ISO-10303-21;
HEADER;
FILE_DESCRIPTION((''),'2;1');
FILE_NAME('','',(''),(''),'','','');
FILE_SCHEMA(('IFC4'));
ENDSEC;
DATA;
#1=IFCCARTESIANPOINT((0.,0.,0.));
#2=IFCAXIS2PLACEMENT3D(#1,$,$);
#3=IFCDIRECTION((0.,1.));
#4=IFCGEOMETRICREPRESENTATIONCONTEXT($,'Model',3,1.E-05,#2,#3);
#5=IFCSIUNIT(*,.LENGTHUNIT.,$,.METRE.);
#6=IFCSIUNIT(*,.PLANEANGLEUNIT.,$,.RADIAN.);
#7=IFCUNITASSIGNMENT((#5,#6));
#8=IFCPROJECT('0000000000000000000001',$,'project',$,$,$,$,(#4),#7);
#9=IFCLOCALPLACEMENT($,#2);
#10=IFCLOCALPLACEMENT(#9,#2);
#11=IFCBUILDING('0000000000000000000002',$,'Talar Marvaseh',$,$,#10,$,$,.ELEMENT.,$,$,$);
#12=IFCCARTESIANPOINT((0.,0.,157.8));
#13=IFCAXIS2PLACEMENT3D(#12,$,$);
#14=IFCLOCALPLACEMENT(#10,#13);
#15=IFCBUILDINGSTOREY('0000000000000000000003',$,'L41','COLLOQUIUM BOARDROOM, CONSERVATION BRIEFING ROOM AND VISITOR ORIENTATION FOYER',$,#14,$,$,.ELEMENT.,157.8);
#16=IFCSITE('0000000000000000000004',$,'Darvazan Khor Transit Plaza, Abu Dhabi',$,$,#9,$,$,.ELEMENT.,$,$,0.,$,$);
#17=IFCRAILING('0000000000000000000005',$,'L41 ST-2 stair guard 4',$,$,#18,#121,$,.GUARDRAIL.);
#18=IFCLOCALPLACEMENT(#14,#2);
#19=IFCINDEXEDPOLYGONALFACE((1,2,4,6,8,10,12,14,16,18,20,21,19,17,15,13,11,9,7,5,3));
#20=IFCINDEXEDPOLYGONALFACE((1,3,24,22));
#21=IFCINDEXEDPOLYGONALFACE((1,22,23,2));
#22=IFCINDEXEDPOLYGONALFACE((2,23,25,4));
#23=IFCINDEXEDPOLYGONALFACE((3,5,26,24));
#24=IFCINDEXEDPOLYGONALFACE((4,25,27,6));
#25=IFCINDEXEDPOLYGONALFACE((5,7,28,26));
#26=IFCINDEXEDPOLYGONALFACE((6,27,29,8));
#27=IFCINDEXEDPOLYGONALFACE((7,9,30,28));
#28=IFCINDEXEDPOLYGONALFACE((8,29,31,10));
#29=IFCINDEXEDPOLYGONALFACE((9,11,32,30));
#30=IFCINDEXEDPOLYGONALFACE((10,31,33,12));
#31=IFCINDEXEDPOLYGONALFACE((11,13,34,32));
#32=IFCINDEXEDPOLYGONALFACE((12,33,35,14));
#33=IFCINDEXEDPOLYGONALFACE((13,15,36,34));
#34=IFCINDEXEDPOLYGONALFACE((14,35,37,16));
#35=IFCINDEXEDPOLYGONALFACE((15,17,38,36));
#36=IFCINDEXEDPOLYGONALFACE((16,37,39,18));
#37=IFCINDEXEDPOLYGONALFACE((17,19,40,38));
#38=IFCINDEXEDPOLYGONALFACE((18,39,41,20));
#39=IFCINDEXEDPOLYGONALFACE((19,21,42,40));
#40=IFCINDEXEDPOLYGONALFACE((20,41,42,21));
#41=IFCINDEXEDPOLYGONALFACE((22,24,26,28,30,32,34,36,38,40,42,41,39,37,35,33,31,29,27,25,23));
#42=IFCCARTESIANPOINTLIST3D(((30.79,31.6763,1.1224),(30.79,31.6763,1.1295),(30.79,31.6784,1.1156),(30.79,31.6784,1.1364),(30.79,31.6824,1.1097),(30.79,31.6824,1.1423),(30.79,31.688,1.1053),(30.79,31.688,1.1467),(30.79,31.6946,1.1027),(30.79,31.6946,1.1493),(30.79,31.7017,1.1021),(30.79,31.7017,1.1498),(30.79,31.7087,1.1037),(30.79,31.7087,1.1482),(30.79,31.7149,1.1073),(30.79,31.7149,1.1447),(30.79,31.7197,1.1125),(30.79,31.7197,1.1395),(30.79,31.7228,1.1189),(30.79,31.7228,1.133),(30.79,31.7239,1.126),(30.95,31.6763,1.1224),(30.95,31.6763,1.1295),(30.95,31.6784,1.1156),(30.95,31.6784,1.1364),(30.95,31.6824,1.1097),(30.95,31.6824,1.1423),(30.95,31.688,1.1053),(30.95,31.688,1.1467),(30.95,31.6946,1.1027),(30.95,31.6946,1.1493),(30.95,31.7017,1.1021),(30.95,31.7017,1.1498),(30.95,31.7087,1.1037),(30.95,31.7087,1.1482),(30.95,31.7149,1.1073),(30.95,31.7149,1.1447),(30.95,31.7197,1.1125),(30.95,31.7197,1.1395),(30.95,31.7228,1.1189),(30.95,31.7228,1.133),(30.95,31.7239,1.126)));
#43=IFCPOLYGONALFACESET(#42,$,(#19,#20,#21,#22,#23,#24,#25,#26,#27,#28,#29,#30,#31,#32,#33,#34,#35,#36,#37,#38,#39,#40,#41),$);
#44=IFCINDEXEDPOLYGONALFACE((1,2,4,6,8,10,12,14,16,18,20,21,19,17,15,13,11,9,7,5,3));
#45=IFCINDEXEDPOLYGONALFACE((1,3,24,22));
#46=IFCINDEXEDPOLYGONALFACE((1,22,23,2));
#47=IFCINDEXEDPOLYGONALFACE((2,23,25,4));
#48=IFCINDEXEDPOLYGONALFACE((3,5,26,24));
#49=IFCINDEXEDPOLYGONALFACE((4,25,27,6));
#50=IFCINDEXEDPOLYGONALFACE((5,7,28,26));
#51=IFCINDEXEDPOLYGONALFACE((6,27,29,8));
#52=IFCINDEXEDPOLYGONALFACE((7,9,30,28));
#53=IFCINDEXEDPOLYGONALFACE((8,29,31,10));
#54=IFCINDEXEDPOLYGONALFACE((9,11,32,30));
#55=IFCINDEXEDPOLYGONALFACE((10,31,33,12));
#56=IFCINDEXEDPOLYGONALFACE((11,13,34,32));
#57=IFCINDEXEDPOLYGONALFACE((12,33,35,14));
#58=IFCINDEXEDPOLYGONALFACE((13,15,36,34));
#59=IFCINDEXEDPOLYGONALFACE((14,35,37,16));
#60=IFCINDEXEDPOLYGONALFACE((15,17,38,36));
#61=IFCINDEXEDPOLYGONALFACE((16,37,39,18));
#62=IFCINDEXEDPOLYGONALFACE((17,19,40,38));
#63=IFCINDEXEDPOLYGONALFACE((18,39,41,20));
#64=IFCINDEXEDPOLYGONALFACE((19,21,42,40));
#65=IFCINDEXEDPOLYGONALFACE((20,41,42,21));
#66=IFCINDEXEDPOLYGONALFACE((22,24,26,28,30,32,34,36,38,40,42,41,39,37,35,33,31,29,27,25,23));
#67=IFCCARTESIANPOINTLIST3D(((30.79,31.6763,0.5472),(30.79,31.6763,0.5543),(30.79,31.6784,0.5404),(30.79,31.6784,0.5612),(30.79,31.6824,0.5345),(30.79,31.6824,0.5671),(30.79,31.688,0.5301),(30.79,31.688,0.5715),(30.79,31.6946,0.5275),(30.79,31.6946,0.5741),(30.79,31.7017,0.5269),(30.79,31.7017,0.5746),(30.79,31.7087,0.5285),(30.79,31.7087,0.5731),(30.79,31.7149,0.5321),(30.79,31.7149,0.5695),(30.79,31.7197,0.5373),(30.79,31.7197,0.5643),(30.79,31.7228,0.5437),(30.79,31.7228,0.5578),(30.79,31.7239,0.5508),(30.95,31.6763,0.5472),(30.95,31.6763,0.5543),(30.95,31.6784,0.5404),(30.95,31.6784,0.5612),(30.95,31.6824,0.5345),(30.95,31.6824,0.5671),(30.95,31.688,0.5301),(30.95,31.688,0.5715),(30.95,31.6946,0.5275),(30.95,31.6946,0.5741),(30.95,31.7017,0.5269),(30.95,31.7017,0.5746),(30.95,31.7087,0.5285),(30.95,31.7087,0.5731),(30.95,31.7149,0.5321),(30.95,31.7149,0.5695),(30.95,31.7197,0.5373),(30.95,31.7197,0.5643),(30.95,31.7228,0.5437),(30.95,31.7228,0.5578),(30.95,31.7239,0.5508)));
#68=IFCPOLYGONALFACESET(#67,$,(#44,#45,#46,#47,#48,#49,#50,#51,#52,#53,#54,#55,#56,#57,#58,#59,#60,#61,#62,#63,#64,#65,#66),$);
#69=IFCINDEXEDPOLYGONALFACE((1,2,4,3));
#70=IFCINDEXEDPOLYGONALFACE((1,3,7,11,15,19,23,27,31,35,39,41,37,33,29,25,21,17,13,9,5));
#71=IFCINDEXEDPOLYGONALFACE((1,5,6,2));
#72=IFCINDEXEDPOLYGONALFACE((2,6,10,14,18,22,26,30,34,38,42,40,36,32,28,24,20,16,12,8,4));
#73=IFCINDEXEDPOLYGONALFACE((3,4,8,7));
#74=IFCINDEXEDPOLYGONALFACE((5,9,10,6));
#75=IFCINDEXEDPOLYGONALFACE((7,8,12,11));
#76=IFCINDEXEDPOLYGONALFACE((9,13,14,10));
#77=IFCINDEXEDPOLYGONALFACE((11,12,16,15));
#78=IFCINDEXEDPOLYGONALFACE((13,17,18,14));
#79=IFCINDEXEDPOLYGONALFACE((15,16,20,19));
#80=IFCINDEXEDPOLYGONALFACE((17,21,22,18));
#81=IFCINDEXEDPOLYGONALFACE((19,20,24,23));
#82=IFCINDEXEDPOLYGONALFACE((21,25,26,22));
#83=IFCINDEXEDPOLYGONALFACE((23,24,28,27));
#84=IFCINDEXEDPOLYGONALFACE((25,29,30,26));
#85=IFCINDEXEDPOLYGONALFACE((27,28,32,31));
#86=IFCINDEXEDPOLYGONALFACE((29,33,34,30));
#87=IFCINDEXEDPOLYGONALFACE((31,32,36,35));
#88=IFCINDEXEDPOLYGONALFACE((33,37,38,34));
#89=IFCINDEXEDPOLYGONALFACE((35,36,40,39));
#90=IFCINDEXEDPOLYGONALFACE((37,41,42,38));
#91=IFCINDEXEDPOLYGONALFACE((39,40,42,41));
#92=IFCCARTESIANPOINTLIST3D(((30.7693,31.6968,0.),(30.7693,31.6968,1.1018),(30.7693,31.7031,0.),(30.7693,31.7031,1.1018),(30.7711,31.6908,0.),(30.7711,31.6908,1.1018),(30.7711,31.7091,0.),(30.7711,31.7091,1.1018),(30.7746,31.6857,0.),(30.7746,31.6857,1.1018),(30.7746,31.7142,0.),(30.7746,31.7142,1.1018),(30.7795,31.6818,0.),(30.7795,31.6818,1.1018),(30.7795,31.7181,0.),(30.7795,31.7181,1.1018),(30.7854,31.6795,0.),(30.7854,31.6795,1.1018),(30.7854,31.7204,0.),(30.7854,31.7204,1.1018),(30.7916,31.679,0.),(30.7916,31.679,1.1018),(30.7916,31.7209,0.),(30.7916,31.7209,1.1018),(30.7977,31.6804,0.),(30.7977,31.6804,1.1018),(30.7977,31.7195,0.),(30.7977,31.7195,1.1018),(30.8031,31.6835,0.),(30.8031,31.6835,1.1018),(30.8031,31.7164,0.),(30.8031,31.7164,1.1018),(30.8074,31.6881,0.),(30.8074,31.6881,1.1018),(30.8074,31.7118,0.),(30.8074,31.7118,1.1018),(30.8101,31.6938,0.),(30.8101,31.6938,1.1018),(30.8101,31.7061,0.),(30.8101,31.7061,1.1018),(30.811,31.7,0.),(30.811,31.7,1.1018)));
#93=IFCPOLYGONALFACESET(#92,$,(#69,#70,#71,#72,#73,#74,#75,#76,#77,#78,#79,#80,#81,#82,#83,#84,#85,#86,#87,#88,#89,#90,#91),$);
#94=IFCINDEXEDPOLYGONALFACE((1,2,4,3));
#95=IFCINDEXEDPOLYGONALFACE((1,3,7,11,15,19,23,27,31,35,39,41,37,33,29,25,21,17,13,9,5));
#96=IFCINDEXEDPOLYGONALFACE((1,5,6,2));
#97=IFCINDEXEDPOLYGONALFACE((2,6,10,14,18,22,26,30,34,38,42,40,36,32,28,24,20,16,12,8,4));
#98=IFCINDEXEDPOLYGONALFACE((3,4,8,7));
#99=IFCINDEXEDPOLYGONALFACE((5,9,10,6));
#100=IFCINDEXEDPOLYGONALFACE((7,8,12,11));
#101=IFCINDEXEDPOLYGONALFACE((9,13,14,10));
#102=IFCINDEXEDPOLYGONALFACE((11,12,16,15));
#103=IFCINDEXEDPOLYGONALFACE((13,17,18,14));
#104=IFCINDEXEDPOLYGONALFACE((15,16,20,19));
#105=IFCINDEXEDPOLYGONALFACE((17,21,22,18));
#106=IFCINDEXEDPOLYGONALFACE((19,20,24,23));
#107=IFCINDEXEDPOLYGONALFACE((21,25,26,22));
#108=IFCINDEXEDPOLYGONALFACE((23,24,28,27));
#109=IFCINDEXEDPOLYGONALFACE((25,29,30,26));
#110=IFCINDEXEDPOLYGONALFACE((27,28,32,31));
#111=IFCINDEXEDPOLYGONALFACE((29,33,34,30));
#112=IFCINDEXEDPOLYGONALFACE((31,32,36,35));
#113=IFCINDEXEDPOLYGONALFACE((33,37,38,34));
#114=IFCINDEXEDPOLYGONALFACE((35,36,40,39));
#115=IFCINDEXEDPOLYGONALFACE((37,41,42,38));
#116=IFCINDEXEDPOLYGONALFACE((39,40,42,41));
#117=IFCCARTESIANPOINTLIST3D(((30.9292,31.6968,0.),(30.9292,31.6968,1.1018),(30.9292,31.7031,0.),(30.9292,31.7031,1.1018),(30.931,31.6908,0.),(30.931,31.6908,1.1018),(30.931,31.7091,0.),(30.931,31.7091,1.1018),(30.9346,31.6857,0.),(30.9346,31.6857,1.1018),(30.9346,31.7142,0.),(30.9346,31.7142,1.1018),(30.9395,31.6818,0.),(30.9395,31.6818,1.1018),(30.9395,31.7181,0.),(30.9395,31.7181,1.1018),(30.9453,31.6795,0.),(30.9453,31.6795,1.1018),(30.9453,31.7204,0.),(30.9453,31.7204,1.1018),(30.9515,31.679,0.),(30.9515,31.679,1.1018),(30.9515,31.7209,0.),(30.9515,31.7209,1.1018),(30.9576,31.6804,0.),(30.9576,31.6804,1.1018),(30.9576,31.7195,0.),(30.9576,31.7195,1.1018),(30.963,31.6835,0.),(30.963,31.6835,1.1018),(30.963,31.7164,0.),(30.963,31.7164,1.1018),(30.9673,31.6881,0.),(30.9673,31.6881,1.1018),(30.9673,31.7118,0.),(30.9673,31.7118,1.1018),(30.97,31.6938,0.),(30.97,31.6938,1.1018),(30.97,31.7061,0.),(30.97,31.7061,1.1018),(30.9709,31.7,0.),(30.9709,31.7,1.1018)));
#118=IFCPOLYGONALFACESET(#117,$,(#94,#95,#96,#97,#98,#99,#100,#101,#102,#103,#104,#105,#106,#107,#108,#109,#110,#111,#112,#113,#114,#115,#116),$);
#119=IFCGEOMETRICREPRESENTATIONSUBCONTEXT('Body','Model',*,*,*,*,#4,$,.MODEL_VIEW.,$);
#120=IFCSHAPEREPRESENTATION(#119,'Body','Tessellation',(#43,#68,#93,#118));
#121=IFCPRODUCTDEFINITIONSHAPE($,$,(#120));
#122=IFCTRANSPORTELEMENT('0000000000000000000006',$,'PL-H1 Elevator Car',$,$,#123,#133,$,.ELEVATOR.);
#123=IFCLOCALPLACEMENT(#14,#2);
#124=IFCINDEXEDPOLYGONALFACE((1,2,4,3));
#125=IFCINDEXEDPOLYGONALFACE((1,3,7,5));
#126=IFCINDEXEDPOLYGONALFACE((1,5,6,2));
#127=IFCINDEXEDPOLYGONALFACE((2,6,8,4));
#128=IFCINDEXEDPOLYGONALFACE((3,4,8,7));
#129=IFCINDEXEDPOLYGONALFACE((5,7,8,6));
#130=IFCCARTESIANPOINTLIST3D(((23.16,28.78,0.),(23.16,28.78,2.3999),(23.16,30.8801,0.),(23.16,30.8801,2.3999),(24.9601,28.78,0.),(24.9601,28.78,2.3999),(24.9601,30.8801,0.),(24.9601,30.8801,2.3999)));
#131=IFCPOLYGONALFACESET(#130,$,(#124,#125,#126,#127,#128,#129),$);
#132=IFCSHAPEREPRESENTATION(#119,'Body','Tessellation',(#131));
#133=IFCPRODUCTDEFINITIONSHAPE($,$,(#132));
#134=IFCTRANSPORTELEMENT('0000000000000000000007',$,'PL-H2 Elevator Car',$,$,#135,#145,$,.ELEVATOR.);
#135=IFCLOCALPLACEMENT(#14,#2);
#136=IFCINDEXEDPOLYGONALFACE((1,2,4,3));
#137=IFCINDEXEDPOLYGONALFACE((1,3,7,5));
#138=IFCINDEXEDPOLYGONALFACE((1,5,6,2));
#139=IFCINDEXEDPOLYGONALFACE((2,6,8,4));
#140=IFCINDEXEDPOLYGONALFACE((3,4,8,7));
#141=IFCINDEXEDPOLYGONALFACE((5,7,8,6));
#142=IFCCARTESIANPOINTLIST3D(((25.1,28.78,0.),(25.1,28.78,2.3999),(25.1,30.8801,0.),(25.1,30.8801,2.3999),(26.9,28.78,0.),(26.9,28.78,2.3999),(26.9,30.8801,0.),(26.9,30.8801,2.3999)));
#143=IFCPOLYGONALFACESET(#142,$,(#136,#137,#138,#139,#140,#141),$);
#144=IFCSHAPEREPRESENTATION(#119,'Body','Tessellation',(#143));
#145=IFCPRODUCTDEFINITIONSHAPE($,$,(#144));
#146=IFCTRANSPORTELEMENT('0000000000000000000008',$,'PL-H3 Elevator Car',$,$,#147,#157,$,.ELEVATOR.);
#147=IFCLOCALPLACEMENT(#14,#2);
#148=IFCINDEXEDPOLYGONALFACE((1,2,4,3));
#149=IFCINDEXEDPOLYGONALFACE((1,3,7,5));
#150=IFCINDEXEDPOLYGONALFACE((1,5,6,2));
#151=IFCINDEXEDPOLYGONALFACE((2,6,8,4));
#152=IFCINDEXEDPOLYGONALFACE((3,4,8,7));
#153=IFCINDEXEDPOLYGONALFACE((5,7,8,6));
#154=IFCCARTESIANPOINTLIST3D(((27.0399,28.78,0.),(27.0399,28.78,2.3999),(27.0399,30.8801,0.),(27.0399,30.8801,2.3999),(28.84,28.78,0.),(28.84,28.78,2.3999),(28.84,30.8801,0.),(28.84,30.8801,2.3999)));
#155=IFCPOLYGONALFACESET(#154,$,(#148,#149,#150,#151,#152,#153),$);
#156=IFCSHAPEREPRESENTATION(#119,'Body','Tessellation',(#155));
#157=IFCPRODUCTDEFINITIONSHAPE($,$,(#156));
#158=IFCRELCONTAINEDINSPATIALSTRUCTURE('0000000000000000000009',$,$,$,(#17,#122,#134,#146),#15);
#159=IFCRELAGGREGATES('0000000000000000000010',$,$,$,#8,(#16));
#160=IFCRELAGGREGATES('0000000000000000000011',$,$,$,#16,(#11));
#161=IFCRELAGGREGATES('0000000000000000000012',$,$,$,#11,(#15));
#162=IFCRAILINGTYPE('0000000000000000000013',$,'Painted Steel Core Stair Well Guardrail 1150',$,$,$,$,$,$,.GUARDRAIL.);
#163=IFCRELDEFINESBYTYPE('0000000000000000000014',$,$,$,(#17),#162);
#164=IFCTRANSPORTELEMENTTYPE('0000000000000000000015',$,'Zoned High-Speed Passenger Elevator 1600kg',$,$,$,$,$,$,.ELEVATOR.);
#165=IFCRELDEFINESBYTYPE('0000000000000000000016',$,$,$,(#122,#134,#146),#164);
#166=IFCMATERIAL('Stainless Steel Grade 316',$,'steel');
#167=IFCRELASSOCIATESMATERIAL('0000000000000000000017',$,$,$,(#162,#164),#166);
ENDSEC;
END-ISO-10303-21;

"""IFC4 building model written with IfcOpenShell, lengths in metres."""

from ifc_helpers import new_model, si_unit, direction, frame, origin, origin_2d, place, context, subcontext, project, spatial, rectangle, circle, extrude, source, transform, mapped, material, type_object, type_shapes, element, save


model = new_model("IFC4")

# Units and contexts
model_context = context("Model", 3, precision=1e-05, world=origin(), true_north=direction((0.0, 1.0)))
body_context = subcontext(model_context, "Body", "Model", "MODEL_VIEW")
ifc_project = project(units=[si_unit("LENGTHUNIT", "METRE"), si_unit("PLANEANGLEUNIT", "RADIAN")], contexts=[model_context])

# Site, building, storey
site_placement = place(None, origin())
site = spatial("IfcSite", under=ifc_project, at=site_placement, Name="Darvazan Khor Transit Plaza, Abu Dhabi", CompositionType="ELEMENT", RefElevation=0.0)
building_placement = place(site_placement, origin())
building = spatial("IfcBuilding", under=site, at=building_placement, Name="Talar Marvaseh", CompositionType="ELEMENT")
storey_placement = place(building_placement, frame((0.0, 0.0, 157.8)))
storey = spatial("IfcBuildingStorey", under=building, at=storey_placement, Name="L41", Description="COLLOQUIUM BOARDROOM, CONSERVATION BRIEFING ROOM AND VISITOR ORIENTATION FOYER", CompositionType="ELEMENT", Elevation=157.8)

# Railing
ifc_material_1 = material(Name="Stainless Steel Grade 316", Category="steel")
railing_type_1 = type_object("IfcRailingType", Name="Painted Steel Core Stair Well Guardrail 1150", PredefinedType="GUARDRAIL", material=ifc_material_1)
railing_1_placement = place(storey_placement, frame((30.79, 31.7, 0.0)))
element("IfcRailing", 1, at=railing_1_placement, inside=storey, type_object=railing_type_1, Name="L41 ST-2 stair guard 4", PredefinedType="GUARDRAIL", context=body_context, shape_type="SweptSolid", body=[
    extrude(circle(Radius=0.0239, at=origin_2d()), frame((0.0, 0.0, 1.126), z_axis=(1.0, 0.0, 0.0), x_axis=(0.0, 1.0, 0.0)), (0.0, 0.0, 1.0), 0.1599),
    extrude(circle(Radius=0.0239, at=origin_2d()), frame((0.0, 0.0, 0.5508), z_axis=(1.0, 0.0, 0.0), x_axis=(0.0, 1.0, 0.0)), (0.0, 0.0, 1.0), 0.1599),
    extrude(circle(Radius=0.021, at=origin_2d()), origin(), (0.0, 0.0, 1.0), 1.1018),
    extrude(circle(Radius=0.021, at=origin_2d()), frame((0.1599, 0.0, 0.0)), (0.0, 0.0, 1.0), 1.1018),
])

# Transport elements
transport_element_type = type_object("IfcTransportElementType", Name="Zoned High-Speed Passenger Elevator 1600kg", PredefinedType="ELEVATOR", material=ifc_material_1)
shared_shape_1 = source(origin(), body_context, "Body", "SweptSolid", [
    extrude(rectangle(XDim=1.8, YDim=2.1001, at=origin_2d()), origin(), (0.0, 0.0, 1.0), 2.3999),
])
type_shapes(transport_element_type, [shared_shape_1])
for number, where, z_axis, x_axis, name in (
    (2, (24.0601, 29.8301, 0.0), (0.0, 0.0, 1.0), (1.0, 0.0, 0.0), "PL-H1 Elevator Car"),
    (3, (26.0, 29.8301, 0.0), (0.0, 0.0, 1.0), (1.0, 0.0, 0.0), "PL-H2 Elevator Car"),
    (4, (27.9399, 29.8301, 0.0), (0.0, 0.0, 1.0), (1.0, 0.0, 0.0), "PL-H3 Elevator Car"),
):
    element("IfcTransportElement", number, at=place(storey_placement, frame(where, z_axis=z_axis, x_axis=x_axis)), inside=storey, type_object=transport_element_type, Name=name, PredefinedType="ELEVATOR", context=body_context, shape_type="MappedRepresentation", body=[
        mapped(shared_shape_1, transform((0.0, 0.0, 0.0), x_axis=(1.0, 0.0, 0.0), y_axis=(0.0, 1.0, 0.0), z_axis=(0.0, 0.0, 1.0), scale=1.0)),
    ])

save(model, "model.ifc")
